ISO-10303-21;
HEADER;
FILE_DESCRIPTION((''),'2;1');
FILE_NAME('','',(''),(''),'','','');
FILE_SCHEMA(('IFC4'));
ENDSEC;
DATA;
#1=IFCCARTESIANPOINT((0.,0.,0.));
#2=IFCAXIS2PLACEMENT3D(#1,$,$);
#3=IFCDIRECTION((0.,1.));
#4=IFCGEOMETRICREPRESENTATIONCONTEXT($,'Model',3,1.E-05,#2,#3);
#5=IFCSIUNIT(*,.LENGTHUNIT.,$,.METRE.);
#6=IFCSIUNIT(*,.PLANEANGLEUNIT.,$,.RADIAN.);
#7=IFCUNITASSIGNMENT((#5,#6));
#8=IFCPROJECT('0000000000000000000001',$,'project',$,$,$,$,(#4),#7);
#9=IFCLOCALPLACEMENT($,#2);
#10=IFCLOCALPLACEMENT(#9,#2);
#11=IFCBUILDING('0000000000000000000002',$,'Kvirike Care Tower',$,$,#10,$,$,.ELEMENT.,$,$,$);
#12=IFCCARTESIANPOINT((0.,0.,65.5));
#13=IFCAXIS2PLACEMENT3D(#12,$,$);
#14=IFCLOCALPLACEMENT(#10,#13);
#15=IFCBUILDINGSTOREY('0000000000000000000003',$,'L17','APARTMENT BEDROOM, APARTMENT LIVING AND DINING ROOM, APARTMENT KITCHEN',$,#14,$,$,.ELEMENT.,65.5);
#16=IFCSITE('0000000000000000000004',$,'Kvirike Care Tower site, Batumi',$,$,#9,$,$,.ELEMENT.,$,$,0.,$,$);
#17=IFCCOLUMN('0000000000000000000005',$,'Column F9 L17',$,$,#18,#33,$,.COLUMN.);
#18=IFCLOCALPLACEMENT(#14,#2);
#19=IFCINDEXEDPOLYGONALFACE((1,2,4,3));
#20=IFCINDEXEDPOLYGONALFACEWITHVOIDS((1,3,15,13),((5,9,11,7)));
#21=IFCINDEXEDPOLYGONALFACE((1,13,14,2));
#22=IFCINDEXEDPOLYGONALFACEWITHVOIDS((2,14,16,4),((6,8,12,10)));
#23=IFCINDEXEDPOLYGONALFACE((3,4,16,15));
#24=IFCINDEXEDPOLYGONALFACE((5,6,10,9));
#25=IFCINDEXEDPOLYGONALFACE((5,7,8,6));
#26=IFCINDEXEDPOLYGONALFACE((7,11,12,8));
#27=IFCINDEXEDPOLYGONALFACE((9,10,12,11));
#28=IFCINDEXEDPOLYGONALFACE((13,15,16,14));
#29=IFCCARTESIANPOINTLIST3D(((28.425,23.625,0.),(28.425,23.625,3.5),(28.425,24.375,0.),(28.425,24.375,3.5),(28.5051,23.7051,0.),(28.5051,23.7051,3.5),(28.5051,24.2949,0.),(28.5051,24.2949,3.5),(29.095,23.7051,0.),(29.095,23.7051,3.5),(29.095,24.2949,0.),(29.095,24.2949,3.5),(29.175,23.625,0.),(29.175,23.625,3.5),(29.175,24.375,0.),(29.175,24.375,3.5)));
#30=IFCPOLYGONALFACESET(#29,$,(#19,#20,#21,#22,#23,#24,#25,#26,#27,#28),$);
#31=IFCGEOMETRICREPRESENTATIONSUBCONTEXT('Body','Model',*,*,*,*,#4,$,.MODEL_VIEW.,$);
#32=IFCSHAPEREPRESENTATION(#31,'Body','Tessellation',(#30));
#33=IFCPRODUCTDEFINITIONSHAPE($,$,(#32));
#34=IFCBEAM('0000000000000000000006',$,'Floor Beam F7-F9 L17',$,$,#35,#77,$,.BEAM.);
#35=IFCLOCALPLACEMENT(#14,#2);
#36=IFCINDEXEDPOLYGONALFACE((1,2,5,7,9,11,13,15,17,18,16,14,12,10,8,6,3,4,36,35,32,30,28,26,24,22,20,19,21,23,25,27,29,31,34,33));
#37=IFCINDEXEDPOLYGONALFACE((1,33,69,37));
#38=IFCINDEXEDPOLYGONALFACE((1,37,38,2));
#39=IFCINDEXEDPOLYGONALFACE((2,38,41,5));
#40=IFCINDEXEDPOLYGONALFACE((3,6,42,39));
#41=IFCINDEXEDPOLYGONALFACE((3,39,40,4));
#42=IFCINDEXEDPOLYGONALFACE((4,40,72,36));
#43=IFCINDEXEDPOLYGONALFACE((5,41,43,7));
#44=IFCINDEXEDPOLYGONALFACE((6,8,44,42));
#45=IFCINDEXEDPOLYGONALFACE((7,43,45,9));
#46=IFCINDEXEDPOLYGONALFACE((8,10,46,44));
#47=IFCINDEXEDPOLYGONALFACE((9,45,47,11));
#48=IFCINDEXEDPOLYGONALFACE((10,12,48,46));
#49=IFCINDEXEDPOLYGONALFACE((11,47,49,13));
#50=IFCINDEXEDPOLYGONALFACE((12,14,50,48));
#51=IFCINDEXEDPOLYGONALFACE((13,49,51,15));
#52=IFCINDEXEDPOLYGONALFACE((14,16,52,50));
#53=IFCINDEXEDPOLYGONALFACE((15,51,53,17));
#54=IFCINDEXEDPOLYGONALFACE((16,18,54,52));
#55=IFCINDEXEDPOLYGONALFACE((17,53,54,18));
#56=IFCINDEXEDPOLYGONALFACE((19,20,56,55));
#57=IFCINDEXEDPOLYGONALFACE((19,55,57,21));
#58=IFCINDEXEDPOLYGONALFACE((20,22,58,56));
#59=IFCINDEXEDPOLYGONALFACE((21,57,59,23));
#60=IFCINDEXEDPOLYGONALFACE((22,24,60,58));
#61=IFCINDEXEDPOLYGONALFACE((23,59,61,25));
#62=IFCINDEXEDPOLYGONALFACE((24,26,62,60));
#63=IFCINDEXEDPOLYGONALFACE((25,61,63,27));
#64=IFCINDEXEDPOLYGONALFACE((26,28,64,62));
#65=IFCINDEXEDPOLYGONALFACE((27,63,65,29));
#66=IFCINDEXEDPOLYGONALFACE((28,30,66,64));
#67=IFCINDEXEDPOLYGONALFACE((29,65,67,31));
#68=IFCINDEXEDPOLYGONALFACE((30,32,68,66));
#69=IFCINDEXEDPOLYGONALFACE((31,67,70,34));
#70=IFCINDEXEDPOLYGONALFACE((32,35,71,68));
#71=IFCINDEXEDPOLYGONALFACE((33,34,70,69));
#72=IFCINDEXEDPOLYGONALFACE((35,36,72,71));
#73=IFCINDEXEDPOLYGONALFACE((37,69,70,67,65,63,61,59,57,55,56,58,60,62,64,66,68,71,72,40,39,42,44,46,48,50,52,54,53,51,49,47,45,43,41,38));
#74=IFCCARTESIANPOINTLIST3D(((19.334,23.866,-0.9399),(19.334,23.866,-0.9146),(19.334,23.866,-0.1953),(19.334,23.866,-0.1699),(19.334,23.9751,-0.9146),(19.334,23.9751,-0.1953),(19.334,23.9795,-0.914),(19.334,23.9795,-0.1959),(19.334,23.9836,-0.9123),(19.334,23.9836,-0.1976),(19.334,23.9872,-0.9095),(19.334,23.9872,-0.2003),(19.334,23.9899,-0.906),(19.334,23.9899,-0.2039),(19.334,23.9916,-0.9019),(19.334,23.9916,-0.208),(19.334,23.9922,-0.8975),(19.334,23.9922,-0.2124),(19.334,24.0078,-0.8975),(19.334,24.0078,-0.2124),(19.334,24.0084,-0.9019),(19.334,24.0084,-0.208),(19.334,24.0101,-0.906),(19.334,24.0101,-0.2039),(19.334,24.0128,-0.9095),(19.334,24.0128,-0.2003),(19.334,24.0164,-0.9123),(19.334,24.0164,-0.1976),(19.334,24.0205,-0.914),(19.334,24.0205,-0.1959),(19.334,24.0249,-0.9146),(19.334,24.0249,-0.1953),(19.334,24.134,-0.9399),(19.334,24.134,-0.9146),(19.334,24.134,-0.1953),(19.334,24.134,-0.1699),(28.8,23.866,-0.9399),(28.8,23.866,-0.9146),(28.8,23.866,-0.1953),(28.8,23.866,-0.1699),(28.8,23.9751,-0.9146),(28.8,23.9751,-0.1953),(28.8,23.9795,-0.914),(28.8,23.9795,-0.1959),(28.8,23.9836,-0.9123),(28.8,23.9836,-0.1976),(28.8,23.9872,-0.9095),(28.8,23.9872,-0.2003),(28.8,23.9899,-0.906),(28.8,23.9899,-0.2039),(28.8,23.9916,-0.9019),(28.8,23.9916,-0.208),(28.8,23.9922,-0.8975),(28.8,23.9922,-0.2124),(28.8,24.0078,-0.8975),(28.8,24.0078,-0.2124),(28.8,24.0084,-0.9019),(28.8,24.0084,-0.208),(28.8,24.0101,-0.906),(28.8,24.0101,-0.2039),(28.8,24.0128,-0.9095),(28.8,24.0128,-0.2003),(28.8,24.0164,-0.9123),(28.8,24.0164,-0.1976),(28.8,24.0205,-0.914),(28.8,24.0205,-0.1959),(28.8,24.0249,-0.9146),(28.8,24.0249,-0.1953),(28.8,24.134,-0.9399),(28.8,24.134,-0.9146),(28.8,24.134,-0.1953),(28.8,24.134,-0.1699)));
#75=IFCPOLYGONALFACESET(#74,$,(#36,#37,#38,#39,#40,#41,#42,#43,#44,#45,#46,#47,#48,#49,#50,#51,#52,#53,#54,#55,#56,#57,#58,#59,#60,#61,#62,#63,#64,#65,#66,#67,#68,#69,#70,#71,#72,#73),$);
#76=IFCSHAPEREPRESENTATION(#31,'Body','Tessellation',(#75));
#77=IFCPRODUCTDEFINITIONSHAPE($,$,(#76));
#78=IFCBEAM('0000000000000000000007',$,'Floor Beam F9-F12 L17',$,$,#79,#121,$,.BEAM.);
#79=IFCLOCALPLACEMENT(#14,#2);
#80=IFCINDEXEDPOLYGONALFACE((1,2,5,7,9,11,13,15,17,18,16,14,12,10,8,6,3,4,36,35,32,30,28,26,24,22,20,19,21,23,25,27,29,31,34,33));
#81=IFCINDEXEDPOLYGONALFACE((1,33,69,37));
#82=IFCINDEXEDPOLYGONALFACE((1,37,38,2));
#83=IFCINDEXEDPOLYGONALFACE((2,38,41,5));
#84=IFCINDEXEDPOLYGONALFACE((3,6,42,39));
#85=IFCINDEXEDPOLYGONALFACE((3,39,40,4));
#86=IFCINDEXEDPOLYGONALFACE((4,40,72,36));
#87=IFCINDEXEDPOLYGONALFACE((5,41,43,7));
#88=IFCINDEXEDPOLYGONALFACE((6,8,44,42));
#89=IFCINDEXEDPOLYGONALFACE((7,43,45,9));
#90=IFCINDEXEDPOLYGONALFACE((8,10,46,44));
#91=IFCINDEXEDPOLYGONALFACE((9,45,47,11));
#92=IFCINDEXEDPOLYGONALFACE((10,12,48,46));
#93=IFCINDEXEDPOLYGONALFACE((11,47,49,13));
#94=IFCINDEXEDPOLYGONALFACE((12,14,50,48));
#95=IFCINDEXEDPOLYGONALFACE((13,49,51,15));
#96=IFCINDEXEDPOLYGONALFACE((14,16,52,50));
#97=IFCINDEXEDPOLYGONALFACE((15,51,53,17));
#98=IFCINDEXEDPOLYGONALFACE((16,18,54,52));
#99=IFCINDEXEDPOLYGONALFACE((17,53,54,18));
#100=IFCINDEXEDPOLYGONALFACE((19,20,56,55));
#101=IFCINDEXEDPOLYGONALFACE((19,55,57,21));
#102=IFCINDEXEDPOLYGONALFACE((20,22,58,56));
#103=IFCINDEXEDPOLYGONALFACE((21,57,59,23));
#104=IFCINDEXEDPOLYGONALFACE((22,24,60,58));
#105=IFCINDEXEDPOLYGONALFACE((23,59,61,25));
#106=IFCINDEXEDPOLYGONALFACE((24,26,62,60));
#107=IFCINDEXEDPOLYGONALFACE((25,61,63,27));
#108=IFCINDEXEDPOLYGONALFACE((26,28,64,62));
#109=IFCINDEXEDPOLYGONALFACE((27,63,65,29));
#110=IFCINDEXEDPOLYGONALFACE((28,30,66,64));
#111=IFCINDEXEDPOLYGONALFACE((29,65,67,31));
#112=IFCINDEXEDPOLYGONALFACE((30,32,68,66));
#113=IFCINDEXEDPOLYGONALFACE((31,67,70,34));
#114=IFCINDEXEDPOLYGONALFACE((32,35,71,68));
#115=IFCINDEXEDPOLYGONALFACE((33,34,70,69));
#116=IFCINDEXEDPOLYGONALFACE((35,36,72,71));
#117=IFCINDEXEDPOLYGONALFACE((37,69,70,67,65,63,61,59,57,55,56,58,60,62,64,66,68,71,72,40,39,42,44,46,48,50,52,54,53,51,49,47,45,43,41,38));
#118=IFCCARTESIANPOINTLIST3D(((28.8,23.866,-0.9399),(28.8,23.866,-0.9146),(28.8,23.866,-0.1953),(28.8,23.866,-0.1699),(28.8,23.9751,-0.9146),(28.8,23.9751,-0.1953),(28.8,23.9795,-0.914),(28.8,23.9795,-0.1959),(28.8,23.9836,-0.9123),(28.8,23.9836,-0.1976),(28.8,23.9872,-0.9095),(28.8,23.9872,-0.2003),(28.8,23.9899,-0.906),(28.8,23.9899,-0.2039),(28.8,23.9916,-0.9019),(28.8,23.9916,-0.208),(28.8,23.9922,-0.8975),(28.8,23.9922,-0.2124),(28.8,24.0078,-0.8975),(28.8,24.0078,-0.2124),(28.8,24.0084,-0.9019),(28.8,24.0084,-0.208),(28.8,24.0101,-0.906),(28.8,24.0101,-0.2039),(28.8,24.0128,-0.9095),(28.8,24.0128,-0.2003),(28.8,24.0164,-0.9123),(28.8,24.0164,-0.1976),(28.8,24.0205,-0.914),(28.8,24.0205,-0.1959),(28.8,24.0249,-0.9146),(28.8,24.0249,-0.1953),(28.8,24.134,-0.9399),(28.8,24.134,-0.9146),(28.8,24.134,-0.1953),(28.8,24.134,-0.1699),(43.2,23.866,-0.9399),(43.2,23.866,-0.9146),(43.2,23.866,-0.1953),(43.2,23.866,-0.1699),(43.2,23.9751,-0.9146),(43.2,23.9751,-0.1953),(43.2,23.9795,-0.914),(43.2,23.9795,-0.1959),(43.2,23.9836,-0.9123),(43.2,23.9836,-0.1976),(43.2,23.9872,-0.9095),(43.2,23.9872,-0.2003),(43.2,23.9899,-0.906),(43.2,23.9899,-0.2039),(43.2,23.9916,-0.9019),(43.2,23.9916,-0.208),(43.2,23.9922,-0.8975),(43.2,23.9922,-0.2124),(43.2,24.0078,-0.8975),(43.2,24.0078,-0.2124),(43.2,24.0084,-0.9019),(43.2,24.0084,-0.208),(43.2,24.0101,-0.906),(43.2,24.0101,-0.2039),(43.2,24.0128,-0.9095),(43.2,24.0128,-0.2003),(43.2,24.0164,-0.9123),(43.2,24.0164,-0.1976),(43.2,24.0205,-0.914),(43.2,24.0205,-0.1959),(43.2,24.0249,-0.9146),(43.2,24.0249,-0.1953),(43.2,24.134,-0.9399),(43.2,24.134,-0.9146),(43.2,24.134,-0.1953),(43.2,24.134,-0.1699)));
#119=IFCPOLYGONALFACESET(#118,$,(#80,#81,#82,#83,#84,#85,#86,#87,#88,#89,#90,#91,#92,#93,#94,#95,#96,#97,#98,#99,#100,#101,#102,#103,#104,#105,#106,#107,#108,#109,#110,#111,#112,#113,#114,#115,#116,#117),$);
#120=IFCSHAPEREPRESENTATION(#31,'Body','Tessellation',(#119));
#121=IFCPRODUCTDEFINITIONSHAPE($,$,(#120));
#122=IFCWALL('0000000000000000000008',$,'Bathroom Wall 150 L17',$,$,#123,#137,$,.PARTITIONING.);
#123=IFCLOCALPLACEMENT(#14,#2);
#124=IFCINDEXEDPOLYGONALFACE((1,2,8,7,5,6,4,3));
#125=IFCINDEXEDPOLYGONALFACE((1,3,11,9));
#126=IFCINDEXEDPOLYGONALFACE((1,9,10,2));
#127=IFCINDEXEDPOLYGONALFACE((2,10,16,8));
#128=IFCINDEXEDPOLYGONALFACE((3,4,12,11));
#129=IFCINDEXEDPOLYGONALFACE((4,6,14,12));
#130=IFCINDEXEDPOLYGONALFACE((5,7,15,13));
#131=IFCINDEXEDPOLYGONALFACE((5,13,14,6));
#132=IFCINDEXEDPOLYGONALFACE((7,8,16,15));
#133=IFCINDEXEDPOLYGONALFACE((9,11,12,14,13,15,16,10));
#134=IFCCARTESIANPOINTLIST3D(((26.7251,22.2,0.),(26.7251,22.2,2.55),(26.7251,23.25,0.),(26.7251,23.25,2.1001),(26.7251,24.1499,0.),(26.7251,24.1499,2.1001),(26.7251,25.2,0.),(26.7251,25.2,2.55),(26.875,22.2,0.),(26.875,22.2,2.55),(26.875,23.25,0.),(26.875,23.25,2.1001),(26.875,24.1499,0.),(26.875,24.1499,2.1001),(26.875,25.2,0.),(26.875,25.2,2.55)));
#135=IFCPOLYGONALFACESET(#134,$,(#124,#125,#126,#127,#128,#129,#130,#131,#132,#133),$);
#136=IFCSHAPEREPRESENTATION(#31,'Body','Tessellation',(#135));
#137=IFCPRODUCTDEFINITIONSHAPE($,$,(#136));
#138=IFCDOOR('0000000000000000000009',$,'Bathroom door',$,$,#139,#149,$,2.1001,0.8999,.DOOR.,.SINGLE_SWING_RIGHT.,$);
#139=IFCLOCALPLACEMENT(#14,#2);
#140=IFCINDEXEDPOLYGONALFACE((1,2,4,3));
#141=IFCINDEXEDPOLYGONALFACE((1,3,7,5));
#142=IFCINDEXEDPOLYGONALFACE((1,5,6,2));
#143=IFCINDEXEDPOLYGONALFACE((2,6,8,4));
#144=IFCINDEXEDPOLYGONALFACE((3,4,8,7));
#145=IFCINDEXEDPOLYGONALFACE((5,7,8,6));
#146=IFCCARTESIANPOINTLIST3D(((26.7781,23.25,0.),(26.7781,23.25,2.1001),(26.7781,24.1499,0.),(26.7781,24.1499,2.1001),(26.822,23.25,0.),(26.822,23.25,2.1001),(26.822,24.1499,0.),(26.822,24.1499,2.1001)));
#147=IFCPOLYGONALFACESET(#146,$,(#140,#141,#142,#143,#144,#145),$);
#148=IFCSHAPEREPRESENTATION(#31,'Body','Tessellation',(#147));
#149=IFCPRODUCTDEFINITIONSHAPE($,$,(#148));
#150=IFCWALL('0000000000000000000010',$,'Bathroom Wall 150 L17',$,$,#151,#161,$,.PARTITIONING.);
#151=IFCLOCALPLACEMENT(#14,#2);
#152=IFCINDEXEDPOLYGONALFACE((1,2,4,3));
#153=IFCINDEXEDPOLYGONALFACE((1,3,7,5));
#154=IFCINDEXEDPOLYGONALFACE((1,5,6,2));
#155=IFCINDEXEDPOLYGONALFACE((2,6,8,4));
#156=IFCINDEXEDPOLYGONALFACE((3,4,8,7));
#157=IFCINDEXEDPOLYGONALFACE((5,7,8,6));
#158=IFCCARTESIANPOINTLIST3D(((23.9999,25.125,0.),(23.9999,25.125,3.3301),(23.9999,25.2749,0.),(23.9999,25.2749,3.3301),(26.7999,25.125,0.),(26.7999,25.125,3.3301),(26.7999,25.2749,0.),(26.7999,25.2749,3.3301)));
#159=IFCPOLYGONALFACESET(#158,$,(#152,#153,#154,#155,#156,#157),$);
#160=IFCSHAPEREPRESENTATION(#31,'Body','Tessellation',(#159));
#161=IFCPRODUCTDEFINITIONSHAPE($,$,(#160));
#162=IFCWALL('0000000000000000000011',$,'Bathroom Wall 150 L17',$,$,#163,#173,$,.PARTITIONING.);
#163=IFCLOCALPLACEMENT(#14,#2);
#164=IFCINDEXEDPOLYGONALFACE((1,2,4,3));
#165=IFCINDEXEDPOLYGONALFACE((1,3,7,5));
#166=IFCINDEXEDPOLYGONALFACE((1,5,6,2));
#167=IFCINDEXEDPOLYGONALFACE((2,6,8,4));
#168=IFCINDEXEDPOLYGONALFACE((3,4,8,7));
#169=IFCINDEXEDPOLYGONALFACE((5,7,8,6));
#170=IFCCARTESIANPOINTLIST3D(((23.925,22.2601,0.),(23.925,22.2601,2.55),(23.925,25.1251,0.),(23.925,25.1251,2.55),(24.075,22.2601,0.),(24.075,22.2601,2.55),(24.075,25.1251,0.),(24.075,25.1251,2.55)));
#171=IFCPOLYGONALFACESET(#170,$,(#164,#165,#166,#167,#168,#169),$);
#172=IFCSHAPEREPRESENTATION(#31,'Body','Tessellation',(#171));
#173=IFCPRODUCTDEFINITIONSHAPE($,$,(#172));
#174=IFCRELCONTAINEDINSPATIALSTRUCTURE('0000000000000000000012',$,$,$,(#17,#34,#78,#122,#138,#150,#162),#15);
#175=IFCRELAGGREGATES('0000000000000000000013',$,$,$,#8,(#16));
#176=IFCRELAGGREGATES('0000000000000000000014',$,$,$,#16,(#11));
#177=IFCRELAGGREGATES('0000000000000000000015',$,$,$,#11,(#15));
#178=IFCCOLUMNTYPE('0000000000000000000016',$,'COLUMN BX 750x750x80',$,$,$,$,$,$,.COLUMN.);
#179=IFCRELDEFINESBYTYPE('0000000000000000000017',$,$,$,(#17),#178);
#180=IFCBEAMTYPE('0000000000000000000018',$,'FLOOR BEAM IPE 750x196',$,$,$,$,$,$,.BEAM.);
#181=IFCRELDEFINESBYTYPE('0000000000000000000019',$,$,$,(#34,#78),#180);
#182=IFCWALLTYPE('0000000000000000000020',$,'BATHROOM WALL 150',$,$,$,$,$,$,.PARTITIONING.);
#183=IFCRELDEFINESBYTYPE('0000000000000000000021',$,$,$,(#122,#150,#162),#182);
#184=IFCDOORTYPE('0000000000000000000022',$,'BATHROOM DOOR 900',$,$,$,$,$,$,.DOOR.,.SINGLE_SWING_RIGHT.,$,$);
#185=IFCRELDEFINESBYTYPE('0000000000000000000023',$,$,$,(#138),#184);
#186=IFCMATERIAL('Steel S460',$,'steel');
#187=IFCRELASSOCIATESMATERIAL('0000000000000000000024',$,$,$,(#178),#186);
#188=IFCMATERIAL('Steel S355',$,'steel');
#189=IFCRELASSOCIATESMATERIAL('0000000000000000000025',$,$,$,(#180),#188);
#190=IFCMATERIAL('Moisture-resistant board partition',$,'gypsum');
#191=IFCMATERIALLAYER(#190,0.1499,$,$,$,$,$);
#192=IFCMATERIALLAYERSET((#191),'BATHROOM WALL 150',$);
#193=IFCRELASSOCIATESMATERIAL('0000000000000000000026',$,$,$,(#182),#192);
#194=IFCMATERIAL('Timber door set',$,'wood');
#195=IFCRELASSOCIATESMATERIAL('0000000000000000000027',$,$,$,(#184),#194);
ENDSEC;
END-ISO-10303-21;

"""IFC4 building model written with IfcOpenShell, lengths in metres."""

from ifc_helpers import new_model, si_unit, direction, frame, frame_2d, origin, origin_2d, place, context, subcontext, project, spatial, rectangle, hollow_rectangle, i_section, extrude, material, layer, layer_set, material_profile, profile_set, type_object, element, fill, save


model = new_model("IFC4")

# Units and contexts
model_context = context("Model", 3, precision=1e-05, world=origin(), true_north=direction((0.0, 1.0)))
body_context = subcontext(model_context, "Body", "Model", "MODEL_VIEW")
ifc_project = project(units=[si_unit("LENGTHUNIT", "METRE"), si_unit("PLANEANGLEUNIT", "RADIAN")], contexts=[model_context])

# Site, building, storey
site_placement = place(None, origin())
site = spatial("IfcSite", under=ifc_project, at=site_placement, Name="Kvirike Care Tower site, Batumi", CompositionType="ELEMENT", RefElevation=0.0)
building_placement = place(site_placement, origin())
building = spatial("IfcBuilding", under=site, at=building_placement, Name="Kvirike Care Tower", CompositionType="ELEMENT")
storey_placement = place(building_placement, frame((0.0, 0.0, 65.5)))
storey = spatial("IfcBuildingStorey", under=building, at=storey_placement, Name="L17", Description="APARTMENT BEDROOM, APARTMENT LIVING AND DINING ROOM, APARTMENT KITCHEN", CompositionType="ELEMENT", Elevation=65.5)

# Column
ifc_material_1 = material(Name="Steel S460", Category="steel")
ifc_material_profile_1 = material_profile(ifc_material_1, hollow_rectangle(XDim=0.75, YDim=0.75, WallThickness=0.0801, at=origin_2d()), Name="BX 750x750x80")
ifc_profile_set_1 = profile_set([ifc_material_profile_1], Name="Steel S460")
column_type = type_object("IfcColumnType", Name="COLUMN BX 750x750x80", PredefinedType="COLUMN", material=ifc_profile_set_1)
column_placement = place(storey_placement, frame((28.8, 24.0, 0.0), z_axis=(0.0, 0.0, 1.0), x_axis=(1.0, 0.0, 0.0)))
element("IfcColumn", 1, at=column_placement, inside=storey, type_object=column_type, Name="Column F9 L17", PredefinedType="COLUMN", context=body_context, shape_type="SweptSolid", body=[
    extrude(hollow_rectangle(XDim=0.75, YDim=0.75, WallThickness=0.0801, at=origin_2d()), origin(), (0.0, 0.0, 1.0), 3.5),
])

# Beams
ifc_material_2 = material(Name="Steel S355", Category="steel")
ifc_material_profile_2 = material_profile(ifc_material_2, i_section(OverallWidth=0.2681, OverallDepth=0.77, WebThickness=0.0156, FlangeThickness=0.0254, FilletRadius=0.0171, at=origin_2d()), Name="IPE 750x196")
ifc_profile_set_2 = profile_set([ifc_material_profile_2], Name="Steel S355")
beam_type = type_object("IfcBeamType", Name="FLOOR BEAM IPE 750x196", PredefinedType="BEAM", material=ifc_profile_set_2)
beam_1_placement = place(storey_placement, frame((19.334, 24.0, -0.5549), z_axis=(1.0, 0.0, 0.0), x_axis=(0.0, 1.0, 0.0)))
element("IfcBeam", 2, at=beam_1_placement, inside=storey, type_object=beam_type, Name="Floor Beam F7-F9 L17", PredefinedType="BEAM", context=body_context, shape_type="SweptSolid", body=[
    extrude(i_section(OverallWidth=0.2681, OverallDepth=0.77, WebThickness=0.0156, FlangeThickness=0.0254, FilletRadius=0.0171, at=origin_2d()), origin(), (0.0, 0.0, 1.0), 9.4661),
])
beam_2_placement = place(storey_placement, frame((28.8, 24.0, -0.5549), z_axis=(1.0, 0.0, 0.0), x_axis=(0.0, 1.0, 0.0)))
element("IfcBeam", 3, at=beam_2_placement, inside=storey, type_object=beam_type, Name="Floor Beam F9-F12 L17", PredefinedType="BEAM", context=body_context, shape_type="SweptSolid", body=[
    extrude(i_section(OverallWidth=0.2681, OverallDepth=0.77, WebThickness=0.0156, FlangeThickness=0.0254, FilletRadius=0.0171, at=origin_2d()), origin(), (0.0, 0.0, 1.0), 14.3999),
])

# Wall, opening, door
ifc_material_3 = material(Name="Moisture-resistant board partition", Category="gypsum")
ifc_layer_1 = layer(ifc_material_3, 0.1499)
ifc_layer_set_1 = layer_set([ifc_layer_1], Name="BATHROOM WALL 150")
wall_type_1 = type_object("IfcWallType", Name="BATHROOM WALL 150", PredefinedType="PARTITIONING", material=ifc_layer_set_1)
wall_1_placement = place(storey_placement, frame((26.8, 22.2, 0.0), z_axis=(0.0, 0.0, 1.0), x_axis=(0.0, 1.0, 0.0)))
wall_1 = element("IfcWall", 4, at=wall_1_placement, inside=storey, type_object=wall_type_1, Name="Bathroom Wall 150 L17", PredefinedType="PARTITIONING", context=body_context, shape_type="SweptSolid", body=[
    extrude(rectangle(XDim=3.0, YDim=0.1499, at=frame_2d((1.5, 0.0))), origin(), (0.0, 0.0, 1.0), 2.55),
])
opening_1_placement = place(wall_1_placement, frame((1.05, 0.0, 0.0)))
opening_1 = element("IfcOpeningElement", 5, at=opening_1_placement, cuts=wall_1, PredefinedType="OPENING", context=body_context, shape_type="SweptSolid", body=[
    extrude(rectangle(XDim=0.8999, YDim=2.1001, at=frame_2d((0.45, 1.05))), frame((0.0, 0.0854, 0.0), z_axis=(0.0, -1.0, 0.0), x_axis=(1.0, 0.0, 0.0)), (0.0, 0.0, 1.0), 0.1709),
])
ifc_material_4 = material(Name="Timber door set", Category="wood")
door_type_1 = type_object("IfcDoorType", Name="BATHROOM DOOR 900", OperationType="SINGLE_SWING_RIGHT", PredefinedType="DOOR", material=ifc_material_4)
door_1_placement = place(opening_1_placement, origin())
door_1 = element("IfcDoor", 6, at=door_1_placement, inside=storey, type_object=door_type_1, Name="Bathroom door", OperationType="SINGLE_SWING_RIGHT", OverallHeight=2.1001, OverallWidth=0.8999, PredefinedType="DOOR", context=body_context, shape_type="SweptSolid", body=[
    extrude(rectangle(XDim=0.8999, YDim=2.1001, at=frame_2d((0.45, 1.05))), frame((0.0, 0.022, 0.0), z_axis=(0.0, -1.0, 0.0), x_axis=(1.0, 0.0, 0.0)), (0.0, 0.0, 1.0), 0.0439),
])
fill(opening_1, door_1)

# Walls
wall_2_placement = place(storey_placement, frame((24.0, 25.2, 0.0), z_axis=(0.0, 0.0, 1.0), x_axis=(1.0, 0.0, 0.0)))
element("IfcWall", 7, at=wall_2_placement, inside=storey, type_object=wall_type_1, Name="Bathroom Wall 150 L17", PredefinedType="PARTITIONING", context=body_context, shape_type="SweptSolid", body=[
    extrude(rectangle(XDim=2.8, YDim=0.1499, at=frame_2d((1.3999, 0.0))), origin(), (0.0, 0.0, 1.0), 3.3301),
])
wall_3_placement = place(storey_placement, frame((24.0, 22.26, 0.0), z_axis=(0.0, 0.0, 1.0), x_axis=(0.0, 1.0, 0.0)))
element("IfcWall", 8, at=wall_3_placement, inside=storey, type_object=wall_type_1, Name="Bathroom Wall 150 L17", PredefinedType="PARTITIONING", context=body_context, shape_type="SweptSolid", body=[
    extrude(rectangle(XDim=2.865, YDim=0.1499, at=frame_2d((1.4326, 0.0))), origin(), (0.0, 0.0, 1.0), 2.55),
])

save(model, "model.ifc")
